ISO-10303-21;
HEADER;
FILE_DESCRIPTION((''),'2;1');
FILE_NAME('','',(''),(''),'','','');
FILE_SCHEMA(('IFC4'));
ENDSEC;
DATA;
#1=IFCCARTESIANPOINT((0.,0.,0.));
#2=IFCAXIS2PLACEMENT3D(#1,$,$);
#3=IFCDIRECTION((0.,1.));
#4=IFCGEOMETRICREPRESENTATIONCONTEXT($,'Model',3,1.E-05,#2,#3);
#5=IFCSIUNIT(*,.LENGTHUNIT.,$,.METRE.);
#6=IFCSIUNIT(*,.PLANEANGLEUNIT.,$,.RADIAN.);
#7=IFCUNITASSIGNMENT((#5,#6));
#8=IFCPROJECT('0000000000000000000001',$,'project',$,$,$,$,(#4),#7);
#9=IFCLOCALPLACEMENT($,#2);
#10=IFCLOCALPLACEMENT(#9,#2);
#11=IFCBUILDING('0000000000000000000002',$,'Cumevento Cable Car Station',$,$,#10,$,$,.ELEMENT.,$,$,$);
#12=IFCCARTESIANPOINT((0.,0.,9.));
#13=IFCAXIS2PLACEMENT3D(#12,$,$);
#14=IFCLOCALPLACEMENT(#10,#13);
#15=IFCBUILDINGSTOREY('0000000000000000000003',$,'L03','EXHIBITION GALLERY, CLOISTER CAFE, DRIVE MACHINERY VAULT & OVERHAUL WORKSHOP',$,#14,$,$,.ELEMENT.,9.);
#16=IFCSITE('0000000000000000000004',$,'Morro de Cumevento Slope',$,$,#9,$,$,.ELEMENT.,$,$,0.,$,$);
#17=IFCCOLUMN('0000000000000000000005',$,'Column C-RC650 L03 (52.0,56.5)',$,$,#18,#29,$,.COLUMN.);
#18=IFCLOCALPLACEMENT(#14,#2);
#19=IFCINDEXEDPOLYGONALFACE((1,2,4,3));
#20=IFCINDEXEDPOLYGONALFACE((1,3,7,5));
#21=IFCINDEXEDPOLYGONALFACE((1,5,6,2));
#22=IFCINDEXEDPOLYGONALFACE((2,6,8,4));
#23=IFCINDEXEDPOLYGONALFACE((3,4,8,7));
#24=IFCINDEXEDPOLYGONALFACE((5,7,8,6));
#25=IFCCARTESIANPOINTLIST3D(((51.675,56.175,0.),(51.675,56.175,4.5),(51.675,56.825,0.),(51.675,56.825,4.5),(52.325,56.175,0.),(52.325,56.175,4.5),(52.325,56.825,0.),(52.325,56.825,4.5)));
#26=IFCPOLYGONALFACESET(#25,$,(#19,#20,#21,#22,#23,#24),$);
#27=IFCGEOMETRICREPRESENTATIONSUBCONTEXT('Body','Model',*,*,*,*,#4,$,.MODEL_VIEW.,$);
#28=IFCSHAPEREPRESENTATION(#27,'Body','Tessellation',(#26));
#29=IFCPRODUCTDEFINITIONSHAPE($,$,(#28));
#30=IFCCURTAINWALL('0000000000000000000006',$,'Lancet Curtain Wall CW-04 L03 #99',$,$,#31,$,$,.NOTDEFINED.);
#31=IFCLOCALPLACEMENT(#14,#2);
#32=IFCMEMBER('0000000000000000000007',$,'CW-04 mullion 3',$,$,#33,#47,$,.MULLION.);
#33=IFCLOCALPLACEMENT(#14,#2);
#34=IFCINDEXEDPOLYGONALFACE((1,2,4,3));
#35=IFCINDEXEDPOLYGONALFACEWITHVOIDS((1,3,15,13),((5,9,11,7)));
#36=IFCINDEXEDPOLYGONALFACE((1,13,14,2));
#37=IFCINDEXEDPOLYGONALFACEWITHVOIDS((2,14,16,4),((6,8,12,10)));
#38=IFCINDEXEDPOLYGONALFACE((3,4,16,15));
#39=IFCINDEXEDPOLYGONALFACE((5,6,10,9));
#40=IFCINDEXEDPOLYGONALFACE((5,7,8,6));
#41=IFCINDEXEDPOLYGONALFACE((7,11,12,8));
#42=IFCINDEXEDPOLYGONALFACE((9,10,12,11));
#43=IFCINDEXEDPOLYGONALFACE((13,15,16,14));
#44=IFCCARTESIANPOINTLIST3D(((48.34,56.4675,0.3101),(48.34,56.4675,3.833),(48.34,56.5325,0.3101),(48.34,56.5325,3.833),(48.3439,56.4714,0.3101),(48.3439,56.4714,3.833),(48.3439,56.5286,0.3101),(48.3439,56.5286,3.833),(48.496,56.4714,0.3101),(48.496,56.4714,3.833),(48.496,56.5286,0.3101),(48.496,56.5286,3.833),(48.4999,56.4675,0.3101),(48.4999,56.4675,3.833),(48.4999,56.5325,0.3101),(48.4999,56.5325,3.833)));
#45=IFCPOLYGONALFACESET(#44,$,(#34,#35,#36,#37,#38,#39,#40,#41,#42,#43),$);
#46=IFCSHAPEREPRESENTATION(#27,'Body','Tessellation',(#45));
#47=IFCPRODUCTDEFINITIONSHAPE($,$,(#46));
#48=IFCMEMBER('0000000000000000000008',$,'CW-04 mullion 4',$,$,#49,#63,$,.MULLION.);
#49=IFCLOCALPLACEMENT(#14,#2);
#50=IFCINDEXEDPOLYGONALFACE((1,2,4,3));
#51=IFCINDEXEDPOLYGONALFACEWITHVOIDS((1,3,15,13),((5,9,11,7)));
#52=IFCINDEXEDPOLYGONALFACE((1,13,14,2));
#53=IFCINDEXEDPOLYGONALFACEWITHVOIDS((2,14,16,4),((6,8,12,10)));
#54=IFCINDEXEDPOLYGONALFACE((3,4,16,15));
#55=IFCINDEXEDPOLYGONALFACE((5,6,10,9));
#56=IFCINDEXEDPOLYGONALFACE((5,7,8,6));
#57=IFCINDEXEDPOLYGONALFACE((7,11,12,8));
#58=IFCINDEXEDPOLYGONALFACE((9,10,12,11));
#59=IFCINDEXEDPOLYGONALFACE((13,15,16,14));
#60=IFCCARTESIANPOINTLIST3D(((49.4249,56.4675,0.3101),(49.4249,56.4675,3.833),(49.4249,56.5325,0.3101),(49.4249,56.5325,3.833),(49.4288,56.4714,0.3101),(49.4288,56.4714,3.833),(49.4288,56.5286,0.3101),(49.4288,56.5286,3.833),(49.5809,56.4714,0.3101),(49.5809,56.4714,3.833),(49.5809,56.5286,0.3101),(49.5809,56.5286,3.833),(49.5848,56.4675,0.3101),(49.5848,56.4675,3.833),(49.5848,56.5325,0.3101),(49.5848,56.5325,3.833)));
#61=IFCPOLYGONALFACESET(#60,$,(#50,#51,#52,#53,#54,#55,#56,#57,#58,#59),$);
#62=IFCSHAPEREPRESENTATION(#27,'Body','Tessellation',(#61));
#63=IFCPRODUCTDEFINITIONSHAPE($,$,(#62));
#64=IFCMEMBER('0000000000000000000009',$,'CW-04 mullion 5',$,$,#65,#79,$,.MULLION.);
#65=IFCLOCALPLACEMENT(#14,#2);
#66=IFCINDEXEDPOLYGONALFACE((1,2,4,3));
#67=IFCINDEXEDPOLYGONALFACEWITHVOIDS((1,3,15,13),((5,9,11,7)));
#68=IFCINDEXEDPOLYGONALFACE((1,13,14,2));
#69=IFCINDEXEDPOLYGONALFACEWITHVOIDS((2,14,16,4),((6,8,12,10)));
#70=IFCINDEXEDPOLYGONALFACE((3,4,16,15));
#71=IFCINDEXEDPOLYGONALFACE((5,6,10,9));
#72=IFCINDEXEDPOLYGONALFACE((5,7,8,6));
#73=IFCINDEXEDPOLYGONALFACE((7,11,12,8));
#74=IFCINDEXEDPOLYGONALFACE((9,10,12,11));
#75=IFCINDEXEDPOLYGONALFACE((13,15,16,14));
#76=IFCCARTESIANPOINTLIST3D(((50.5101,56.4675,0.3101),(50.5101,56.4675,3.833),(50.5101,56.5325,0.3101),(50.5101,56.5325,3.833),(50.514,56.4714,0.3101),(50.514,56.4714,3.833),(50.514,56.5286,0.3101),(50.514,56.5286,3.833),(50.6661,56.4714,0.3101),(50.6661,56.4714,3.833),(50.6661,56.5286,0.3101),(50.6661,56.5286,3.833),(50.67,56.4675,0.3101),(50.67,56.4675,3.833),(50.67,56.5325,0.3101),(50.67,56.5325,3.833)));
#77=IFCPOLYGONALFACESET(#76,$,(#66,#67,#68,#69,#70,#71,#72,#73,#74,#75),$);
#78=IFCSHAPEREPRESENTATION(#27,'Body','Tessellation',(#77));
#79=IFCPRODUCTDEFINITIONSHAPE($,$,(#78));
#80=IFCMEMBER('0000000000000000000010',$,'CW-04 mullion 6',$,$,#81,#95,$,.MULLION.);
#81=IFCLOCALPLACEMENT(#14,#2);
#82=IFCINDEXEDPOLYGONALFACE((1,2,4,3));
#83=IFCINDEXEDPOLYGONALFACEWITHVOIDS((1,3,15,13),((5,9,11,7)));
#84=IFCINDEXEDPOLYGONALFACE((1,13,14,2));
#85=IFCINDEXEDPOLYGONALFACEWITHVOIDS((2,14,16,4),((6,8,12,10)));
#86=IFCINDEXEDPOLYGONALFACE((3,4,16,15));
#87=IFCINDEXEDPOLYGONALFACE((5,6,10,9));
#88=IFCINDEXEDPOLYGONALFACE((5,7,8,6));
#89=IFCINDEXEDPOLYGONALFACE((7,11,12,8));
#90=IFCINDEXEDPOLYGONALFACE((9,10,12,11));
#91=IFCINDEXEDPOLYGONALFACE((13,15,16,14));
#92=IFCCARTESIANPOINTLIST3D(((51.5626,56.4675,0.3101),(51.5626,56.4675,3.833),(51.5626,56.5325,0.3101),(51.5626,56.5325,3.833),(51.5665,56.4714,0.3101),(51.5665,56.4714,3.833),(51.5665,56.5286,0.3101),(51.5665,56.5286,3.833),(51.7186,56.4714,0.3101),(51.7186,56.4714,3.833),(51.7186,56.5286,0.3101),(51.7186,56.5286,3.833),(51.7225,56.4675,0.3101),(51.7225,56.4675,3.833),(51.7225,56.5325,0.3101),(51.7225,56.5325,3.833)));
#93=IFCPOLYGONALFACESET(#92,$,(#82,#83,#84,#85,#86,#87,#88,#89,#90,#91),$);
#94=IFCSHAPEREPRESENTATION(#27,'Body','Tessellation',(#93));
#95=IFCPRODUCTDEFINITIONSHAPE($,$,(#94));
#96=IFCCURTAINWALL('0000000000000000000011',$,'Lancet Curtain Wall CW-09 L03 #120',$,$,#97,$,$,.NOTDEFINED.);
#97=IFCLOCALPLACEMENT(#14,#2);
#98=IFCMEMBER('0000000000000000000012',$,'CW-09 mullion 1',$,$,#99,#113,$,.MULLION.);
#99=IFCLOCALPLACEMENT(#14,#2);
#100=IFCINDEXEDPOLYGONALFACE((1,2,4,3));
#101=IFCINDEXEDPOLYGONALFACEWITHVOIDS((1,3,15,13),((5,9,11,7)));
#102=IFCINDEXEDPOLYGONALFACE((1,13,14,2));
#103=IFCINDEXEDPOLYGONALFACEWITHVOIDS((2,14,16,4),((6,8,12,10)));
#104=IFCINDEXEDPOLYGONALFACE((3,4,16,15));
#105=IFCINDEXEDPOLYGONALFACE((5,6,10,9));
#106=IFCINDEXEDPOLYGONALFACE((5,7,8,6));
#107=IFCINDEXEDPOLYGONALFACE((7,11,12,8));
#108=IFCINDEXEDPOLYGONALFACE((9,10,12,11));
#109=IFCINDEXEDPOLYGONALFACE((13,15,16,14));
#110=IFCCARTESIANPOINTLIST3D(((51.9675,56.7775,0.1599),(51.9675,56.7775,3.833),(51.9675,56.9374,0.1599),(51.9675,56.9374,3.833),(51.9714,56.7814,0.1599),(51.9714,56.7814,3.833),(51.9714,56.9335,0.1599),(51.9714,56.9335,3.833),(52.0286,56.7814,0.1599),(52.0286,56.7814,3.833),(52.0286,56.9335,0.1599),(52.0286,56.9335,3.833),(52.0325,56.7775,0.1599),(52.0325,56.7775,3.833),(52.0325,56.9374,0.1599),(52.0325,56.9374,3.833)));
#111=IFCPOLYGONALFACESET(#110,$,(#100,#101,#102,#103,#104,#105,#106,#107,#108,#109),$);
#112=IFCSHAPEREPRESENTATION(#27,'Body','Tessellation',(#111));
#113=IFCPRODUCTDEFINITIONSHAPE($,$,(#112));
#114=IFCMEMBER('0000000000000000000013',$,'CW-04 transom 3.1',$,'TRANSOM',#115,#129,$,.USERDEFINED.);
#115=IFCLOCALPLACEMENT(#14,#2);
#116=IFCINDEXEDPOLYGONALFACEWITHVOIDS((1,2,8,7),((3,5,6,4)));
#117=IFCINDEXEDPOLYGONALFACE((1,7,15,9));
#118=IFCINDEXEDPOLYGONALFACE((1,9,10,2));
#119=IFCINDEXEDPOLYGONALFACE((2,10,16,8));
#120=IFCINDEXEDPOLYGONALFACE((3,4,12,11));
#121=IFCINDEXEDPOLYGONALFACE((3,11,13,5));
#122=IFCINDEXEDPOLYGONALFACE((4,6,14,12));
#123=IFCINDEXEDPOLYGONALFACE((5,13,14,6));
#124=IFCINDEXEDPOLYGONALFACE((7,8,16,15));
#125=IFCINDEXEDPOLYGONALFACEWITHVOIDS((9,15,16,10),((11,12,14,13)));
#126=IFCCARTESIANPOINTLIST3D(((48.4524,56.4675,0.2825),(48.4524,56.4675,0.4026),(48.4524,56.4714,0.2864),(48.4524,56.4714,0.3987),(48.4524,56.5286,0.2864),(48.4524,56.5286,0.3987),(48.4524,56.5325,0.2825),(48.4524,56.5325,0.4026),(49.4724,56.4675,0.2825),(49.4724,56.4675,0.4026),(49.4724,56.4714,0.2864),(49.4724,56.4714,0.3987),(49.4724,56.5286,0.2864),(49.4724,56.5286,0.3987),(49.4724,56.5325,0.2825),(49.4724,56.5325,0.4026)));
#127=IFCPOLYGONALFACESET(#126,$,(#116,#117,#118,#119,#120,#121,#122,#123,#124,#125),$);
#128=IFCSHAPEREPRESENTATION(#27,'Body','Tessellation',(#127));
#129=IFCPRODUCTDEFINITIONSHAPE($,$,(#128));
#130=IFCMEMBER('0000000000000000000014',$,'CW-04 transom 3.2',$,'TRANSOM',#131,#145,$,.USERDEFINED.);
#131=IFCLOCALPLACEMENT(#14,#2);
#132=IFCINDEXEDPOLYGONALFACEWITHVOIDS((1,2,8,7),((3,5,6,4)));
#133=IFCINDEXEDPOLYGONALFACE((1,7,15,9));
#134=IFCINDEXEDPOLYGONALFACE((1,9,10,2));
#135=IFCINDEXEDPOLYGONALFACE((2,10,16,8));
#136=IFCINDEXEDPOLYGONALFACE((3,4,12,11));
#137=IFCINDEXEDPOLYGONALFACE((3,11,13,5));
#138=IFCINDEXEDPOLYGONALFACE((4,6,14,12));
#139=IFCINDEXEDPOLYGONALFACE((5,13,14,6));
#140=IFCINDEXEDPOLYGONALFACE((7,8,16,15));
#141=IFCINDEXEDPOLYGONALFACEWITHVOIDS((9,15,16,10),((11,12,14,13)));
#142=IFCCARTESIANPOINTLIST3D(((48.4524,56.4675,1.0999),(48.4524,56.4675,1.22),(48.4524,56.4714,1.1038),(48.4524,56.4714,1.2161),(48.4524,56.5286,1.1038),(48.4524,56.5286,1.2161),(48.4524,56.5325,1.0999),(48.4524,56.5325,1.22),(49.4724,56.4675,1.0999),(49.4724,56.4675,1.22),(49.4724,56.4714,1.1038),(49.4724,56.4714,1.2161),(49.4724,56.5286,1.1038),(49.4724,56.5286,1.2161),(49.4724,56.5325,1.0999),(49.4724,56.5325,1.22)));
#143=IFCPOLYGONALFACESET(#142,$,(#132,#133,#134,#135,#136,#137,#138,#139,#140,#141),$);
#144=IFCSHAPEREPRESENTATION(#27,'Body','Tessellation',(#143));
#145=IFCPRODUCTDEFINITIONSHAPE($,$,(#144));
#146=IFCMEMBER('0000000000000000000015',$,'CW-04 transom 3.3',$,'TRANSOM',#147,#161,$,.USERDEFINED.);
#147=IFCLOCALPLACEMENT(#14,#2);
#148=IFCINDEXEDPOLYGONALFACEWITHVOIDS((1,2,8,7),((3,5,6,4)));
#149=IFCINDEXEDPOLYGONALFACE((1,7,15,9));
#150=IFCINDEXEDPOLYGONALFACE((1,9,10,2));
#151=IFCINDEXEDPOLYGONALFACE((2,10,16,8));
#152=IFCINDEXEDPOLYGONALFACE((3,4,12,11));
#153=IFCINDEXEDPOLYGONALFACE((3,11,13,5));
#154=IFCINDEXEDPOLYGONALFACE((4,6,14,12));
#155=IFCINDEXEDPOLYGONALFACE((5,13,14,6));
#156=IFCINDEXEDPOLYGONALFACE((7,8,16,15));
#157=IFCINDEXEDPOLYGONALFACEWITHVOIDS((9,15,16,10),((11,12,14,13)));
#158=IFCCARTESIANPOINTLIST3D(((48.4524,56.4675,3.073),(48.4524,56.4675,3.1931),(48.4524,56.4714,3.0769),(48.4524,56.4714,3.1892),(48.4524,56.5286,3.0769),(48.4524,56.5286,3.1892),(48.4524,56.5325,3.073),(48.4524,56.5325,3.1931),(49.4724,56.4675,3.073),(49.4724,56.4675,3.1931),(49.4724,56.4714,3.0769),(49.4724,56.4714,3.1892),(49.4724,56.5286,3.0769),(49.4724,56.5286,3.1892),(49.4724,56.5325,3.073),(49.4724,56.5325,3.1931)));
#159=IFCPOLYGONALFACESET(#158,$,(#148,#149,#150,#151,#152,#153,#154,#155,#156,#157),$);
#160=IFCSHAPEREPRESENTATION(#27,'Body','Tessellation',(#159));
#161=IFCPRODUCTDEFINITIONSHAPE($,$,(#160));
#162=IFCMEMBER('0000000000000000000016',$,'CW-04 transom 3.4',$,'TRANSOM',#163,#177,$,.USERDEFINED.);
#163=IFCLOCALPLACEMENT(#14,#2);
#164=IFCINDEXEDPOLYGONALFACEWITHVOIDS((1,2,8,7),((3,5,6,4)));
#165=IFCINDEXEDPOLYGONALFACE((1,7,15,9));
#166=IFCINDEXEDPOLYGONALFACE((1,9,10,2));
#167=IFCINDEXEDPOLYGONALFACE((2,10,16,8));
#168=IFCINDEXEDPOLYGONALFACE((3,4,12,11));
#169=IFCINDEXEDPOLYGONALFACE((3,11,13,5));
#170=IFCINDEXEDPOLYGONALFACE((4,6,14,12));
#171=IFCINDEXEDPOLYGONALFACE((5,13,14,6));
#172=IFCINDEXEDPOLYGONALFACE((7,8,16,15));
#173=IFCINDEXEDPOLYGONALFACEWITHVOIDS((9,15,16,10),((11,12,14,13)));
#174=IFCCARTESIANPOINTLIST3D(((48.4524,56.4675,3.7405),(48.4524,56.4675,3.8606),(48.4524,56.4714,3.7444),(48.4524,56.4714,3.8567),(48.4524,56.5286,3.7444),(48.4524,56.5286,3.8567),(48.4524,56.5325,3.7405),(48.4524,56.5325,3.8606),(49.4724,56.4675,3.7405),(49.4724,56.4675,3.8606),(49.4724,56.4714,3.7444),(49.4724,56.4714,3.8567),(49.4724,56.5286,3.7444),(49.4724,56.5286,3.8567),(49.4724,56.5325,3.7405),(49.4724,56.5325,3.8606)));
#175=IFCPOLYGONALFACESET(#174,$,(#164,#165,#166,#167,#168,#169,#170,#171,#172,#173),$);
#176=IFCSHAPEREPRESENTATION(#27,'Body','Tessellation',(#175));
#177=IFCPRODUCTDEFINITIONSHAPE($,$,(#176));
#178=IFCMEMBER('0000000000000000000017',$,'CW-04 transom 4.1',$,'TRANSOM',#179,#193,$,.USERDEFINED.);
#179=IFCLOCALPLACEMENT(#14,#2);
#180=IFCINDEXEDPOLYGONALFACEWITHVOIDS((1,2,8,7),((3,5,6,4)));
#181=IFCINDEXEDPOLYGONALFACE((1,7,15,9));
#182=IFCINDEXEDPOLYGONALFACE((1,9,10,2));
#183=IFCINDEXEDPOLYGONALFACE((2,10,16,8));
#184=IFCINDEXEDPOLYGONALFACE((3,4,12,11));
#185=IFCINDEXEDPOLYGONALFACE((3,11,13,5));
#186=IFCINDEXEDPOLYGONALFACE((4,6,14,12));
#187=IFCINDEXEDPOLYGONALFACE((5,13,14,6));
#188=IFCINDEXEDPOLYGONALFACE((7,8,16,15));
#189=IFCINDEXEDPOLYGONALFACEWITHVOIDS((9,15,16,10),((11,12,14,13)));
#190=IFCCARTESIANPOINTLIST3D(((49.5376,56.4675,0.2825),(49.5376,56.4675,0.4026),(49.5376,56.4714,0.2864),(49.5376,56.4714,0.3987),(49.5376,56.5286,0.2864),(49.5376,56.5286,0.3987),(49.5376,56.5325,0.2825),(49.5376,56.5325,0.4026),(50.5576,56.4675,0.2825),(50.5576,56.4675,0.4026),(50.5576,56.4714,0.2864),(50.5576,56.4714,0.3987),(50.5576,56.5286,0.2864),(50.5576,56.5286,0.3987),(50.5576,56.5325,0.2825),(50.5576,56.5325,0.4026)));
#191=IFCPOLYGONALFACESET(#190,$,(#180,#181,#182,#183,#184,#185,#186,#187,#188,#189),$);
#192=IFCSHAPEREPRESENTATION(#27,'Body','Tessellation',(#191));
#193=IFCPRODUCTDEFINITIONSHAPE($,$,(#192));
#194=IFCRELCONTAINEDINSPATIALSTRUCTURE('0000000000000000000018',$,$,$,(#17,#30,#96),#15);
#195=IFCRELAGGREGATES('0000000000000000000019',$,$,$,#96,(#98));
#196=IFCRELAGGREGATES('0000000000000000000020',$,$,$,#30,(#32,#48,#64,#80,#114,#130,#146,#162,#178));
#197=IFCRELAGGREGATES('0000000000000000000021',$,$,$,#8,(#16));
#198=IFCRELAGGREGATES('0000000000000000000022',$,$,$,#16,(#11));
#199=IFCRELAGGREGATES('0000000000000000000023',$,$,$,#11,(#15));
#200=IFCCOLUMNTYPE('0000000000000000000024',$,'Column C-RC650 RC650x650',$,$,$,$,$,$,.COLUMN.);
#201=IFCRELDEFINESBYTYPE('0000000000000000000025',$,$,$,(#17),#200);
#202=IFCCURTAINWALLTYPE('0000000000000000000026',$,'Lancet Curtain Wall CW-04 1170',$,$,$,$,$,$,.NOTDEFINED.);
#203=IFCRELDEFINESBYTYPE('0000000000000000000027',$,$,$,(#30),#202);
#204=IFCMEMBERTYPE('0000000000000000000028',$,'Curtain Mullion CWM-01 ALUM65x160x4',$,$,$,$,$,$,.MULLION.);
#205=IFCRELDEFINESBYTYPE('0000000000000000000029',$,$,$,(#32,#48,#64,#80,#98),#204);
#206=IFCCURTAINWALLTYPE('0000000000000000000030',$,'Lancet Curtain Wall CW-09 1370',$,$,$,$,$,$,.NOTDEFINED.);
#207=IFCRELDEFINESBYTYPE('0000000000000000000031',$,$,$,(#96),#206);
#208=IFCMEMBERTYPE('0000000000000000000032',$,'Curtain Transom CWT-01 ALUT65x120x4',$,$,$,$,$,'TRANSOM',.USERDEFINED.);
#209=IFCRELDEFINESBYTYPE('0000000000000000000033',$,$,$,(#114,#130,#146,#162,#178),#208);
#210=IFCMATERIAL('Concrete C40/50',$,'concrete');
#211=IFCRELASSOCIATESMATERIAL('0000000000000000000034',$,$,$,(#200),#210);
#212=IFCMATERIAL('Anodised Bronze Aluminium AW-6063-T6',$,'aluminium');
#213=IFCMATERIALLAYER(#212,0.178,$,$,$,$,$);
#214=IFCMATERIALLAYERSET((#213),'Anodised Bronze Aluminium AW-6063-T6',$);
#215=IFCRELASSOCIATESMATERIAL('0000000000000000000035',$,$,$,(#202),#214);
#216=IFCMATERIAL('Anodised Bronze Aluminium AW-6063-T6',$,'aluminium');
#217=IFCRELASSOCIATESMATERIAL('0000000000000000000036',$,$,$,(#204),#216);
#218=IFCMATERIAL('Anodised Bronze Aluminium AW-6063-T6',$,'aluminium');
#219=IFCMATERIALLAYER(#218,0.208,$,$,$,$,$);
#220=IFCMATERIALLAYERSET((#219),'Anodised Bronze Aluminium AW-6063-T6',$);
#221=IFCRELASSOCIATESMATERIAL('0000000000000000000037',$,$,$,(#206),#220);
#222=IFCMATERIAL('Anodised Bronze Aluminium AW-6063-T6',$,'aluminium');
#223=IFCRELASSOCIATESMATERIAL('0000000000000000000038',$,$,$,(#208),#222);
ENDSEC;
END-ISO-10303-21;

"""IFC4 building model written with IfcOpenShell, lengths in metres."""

from ifc_helpers import new_model, si_unit, direction, frame, origin, origin_2d, place, context, subcontext, project, spatial, rectangle, hollow_rectangle, extrude, material, layer, layer_set, material_profile, profile_set, type_object, element, aggregate, save


model = new_model("IFC4")

# Units and contexts
model_context = context("Model", 3, precision=1e-05, world=origin(), true_north=direction((0.0, 1.0)))
body_context = subcontext(model_context, "Body", "Model", "MODEL_VIEW")
ifc_project = project(units=[si_unit("LENGTHUNIT", "METRE"), si_unit("PLANEANGLEUNIT", "RADIAN")], contexts=[model_context])

# Site, building, storey
site_placement = place(None, origin())
site = spatial("IfcSite", under=ifc_project, at=site_placement, Name="Morro de Cumevento Slope", CompositionType="ELEMENT", RefElevation=0.0)
building_placement = place(site_placement, origin())
building = spatial("IfcBuilding", under=site, at=building_placement, Name="Cumevento Cable Car Station", CompositionType="ELEMENT")
storey_placement = place(building_placement, frame((0.0, 0.0, 9.0)))
storey = spatial("IfcBuildingStorey", under=building, at=storey_placement, Name="L03", Description="EXHIBITION GALLERY, CLOISTER CAFE, DRIVE MACHINERY VAULT & OVERHAUL WORKSHOP", CompositionType="ELEMENT", Elevation=9.0)

# Column
ifc_material_1 = material(Name="Concrete C40/50", Category="concrete")
ifc_material_profile_1 = material_profile(ifc_material_1, rectangle(XDim=0.6499, YDim=0.6499, at=origin_2d()), Name="RC650x650")
ifc_profile_set_1 = profile_set([ifc_material_profile_1], Name="Concrete C40/50")
column_type = type_object("IfcColumnType", Name="Column C-RC650 RC650x650", PredefinedType="COLUMN", material=ifc_profile_set_1)
column_placement = place(storey_placement, frame((52.0, 56.5, 0.0), z_axis=(0.0, 0.0, 1.0), x_axis=(1.0, 0.0, 0.0)))
element("IfcColumn", 1, at=column_placement, inside=storey, type_object=column_type, Name="Column C-RC650 L03 (52.0,56.5)", PredefinedType="COLUMN", context=body_context, shape_type="SweptSolid", body=[
    extrude(rectangle(XDim=0.6499, YDim=0.6499, at=origin_2d()), origin(), (0.0, 0.0, 1.0), 4.5),
])

# Curtain wall, members
ifc_material_2 = material(Name="Anodised Bronze Aluminium AW-6063-T6", Category="aluminium")
ifc_layer_1 = layer(ifc_material_2, 0.178)
ifc_layer_set_1 = layer_set([ifc_layer_1], Name="Anodised Bronze Aluminium AW-6063-T6")
curtain_wall_type_1 = type_object("IfcCurtainWallType", Name="Lancet Curtain Wall CW-04 1170", PredefinedType="NOTDEFINED", material=ifc_layer_set_1)
curtain_wall_1_placement = place(storey_placement, origin())
curtain_wall_1 = element("IfcCurtainWall", 2, at=curtain_wall_1_placement, inside=storey, type_object=curtain_wall_type_1, Name="Lancet Curtain Wall CW-04 L03 #99", PredefinedType="NOTDEFINED")
ifc_material_3 = material(Name="Anodised Bronze Aluminium AW-6063-T6", Category="aluminium")
ifc_material_profile_2 = material_profile(ifc_material_3, hollow_rectangle(XDim=0.0649, YDim=0.1599, WallThickness=0.0039, at=origin_2d()), Name="ALUM65x160x4")
ifc_profile_set_2 = profile_set([ifc_material_profile_2], Name="Anodised Bronze Aluminium AW-6063-T6")
member_type_1 = type_object("IfcMemberType", Name="Curtain Mullion CWM-01 ALUM65x160x4", PredefinedType="MULLION", material=ifc_profile_set_2)
member_1_placement = place(storey_placement, frame((48.4199, 56.5, 0.3101), z_axis=(0.0, 0.0, 1.0), x_axis=(0.0, 1.0, 0.0)))
member_1 = element("IfcMember", 3, at=member_1_placement, type_object=member_type_1, Name="CW-04 mullion 3", PredefinedType="MULLION", context=body_context, shape_type="SweptSolid", body=[
    extrude(hollow_rectangle(XDim=0.0649, YDim=0.1599, WallThickness=0.0039, at=origin_2d()), origin(), (0.0, 0.0, 1.0), 3.5229),
])
member_2_placement = place(storey_placement, frame((49.5049, 56.5, 0.3101), z_axis=(0.0, 0.0, 1.0), x_axis=(0.0, 1.0, 0.0)))
member_2 = element("IfcMember", 4, at=member_2_placement, type_object=member_type_1, Name="CW-04 mullion 4", PredefinedType="MULLION", context=body_context, shape_type="SweptSolid", body=[
    extrude(hollow_rectangle(XDim=0.0649, YDim=0.1599, WallThickness=0.0039, at=origin_2d()), origin(), (0.0, 0.0, 1.0), 3.5229),
])
member_3_placement = place(storey_placement, frame((50.5901, 56.5, 0.3101), z_axis=(0.0, 0.0, 1.0), x_axis=(0.0, 1.0, 0.0)))
member_3 = element("IfcMember", 5, at=member_3_placement, type_object=member_type_1, Name="CW-04 mullion 5", PredefinedType="MULLION", context=body_context, shape_type="SweptSolid", body=[
    extrude(hollow_rectangle(XDim=0.0649, YDim=0.1599, WallThickness=0.0039, at=origin_2d()), origin(), (0.0, 0.0, 1.0), 3.5229),
])
member_4_placement = place(storey_placement, frame((51.6426, 56.5, 0.3101), z_axis=(0.0, 0.0, 1.0), x_axis=(0.0, 1.0, 0.0)))
member_4 = element("IfcMember", 6, at=member_4_placement, type_object=member_type_1, Name="CW-04 mullion 6", PredefinedType="MULLION", context=body_context, shape_type="SweptSolid", body=[
    extrude(hollow_rectangle(XDim=0.0649, YDim=0.1599, WallThickness=0.0039, at=origin_2d()), origin(), (0.0, 0.0, 1.0), 3.5229),
])

# Curtain wall, member
ifc_material_4 = material(Name="Anodised Bronze Aluminium AW-6063-T6", Category="aluminium")
ifc_layer_2 = layer(ifc_material_4, 0.208)
ifc_layer_set_2 = layer_set([ifc_layer_2], Name="Anodised Bronze Aluminium AW-6063-T6")
curtain_wall_type_2 = type_object("IfcCurtainWallType", Name="Lancet Curtain Wall CW-09 1370", PredefinedType="NOTDEFINED", material=ifc_layer_set_2)
curtain_wall_2_placement = place(storey_placement, origin())
curtain_wall_2 = element("IfcCurtainWall", 7, at=curtain_wall_2_placement, inside=storey, type_object=curtain_wall_type_2, Name="Lancet Curtain Wall CW-09 L03 #120", PredefinedType="NOTDEFINED")
member_5_placement = place(storey_placement, frame((52.0, 56.8574, 0.1599), z_axis=(0.0, 0.0, 1.0), x_axis=(-1.0, 0.0, 0.0)))
member_5 = element("IfcMember", 8, at=member_5_placement, type_object=member_type_1, Name="CW-09 mullion 1", PredefinedType="MULLION", context=body_context, shape_type="SweptSolid", body=[
    extrude(hollow_rectangle(XDim=0.0649, YDim=0.1599, WallThickness=0.0039, at=origin_2d()), origin(), (0.0, 0.0, 1.0), 3.6731),
])

# Members
ifc_material_5 = material(Name="Anodised Bronze Aluminium AW-6063-T6", Category="aluminium")
ifc_material_profile_3 = material_profile(ifc_material_5, hollow_rectangle(XDim=0.0649, YDim=0.1201, WallThickness=0.0039, at=origin_2d()), Name="ALUT65x120x4")
ifc_profile_set_3 = profile_set([ifc_material_profile_3], Name="Anodised Bronze Aluminium AW-6063-T6")
member_type_2 = type_object("IfcMemberType", Name="Curtain Transom CWT-01 ALUT65x120x4", ElementType="TRANSOM", PredefinedType="USERDEFINED", material=ifc_profile_set_3)
member_6_placement = place(storey_placement, frame((48.4524, 56.5, 0.3425), z_axis=(1.0, 0.0, 0.0), x_axis=(0.0, 1.0, 0.0)))
member_6 = element("IfcMember", 9, at=member_6_placement, type_object=member_type_2, Name="CW-04 transom 3.1", ObjectType="TRANSOM", PredefinedType="USERDEFINED", context=body_context, shape_type="SweptSolid", body=[
    extrude(hollow_rectangle(XDim=0.0649, YDim=0.1201, WallThickness=0.0039, at=origin_2d()), origin(), (0.0, 0.0, 1.0), 1.02),
])
member_7_placement = place(storey_placement, frame((48.4524, 56.5, 1.1599), z_axis=(1.0, 0.0, 0.0), x_axis=(0.0, 1.0, 0.0)))
member_7 = element("IfcMember", 10, at=member_7_placement, type_object=member_type_2, Name="CW-04 transom 3.2", ObjectType="TRANSOM", PredefinedType="USERDEFINED", context=body_context, shape_type="SweptSolid", body=[
    extrude(hollow_rectangle(XDim=0.0649, YDim=0.1201, WallThickness=0.0039, at=origin_2d()), origin(), (0.0, 0.0, 1.0), 1.02),
])
member_8_placement = place(storey_placement, frame((48.4524, 56.5, 3.1331), z_axis=(1.0, 0.0, 0.0), x_axis=(0.0, 1.0, 0.0)))
member_8 = element("IfcMember", 11, at=member_8_placement, type_object=member_type_2, Name="CW-04 transom 3.3", ObjectType="TRANSOM", PredefinedType="USERDEFINED", context=body_context, shape_type="SweptSolid", body=[
    extrude(hollow_rectangle(XDim=0.0649, YDim=0.1201, WallThickness=0.0039, at=origin_2d()), origin(), (0.0, 0.0, 1.0), 1.02),
])
member_9_placement = place(storey_placement, frame((48.4524, 56.5, 3.8005), z_axis=(1.0, 0.0, 0.0), x_axis=(0.0, 1.0, 0.0)))
member_9 = element("IfcMember", 12, at=member_9_placement, type_object=member_type_2, Name="CW-04 transom 3.4", ObjectType="TRANSOM", PredefinedType="USERDEFINED", context=body_context, shape_type="SweptSolid", body=[
    extrude(hollow_rectangle(XDim=0.0649, YDim=0.1201, WallThickness=0.0039, at=origin_2d()), origin(), (0.0, 0.0, 1.0), 1.02),
])
member_10_placement = place(storey_placement, frame((49.5376, 56.5, 0.3425), z_axis=(1.0, 0.0, 0.0), x_axis=(0.0, 1.0, 0.0)))
member_10 = element("IfcMember", 13, at=member_10_placement, type_object=member_type_2, Name="CW-04 transom 4.1", ObjectType="TRANSOM", PredefinedType="USERDEFINED", context=body_context, shape_type="SweptSolid", body=[
    extrude(hollow_rectangle(XDim=0.0649, YDim=0.1201, WallThickness=0.0039, at=origin_2d()), origin(), (0.0, 0.0, 1.0), 1.02),
])
aggregate(curtain_wall_2, [member_5])

aggregate(curtain_wall_1, [member_1, member_2, member_3, member_4, member_6, member_7, member_8, member_9, member_10])

save(model, "model.ifc")
